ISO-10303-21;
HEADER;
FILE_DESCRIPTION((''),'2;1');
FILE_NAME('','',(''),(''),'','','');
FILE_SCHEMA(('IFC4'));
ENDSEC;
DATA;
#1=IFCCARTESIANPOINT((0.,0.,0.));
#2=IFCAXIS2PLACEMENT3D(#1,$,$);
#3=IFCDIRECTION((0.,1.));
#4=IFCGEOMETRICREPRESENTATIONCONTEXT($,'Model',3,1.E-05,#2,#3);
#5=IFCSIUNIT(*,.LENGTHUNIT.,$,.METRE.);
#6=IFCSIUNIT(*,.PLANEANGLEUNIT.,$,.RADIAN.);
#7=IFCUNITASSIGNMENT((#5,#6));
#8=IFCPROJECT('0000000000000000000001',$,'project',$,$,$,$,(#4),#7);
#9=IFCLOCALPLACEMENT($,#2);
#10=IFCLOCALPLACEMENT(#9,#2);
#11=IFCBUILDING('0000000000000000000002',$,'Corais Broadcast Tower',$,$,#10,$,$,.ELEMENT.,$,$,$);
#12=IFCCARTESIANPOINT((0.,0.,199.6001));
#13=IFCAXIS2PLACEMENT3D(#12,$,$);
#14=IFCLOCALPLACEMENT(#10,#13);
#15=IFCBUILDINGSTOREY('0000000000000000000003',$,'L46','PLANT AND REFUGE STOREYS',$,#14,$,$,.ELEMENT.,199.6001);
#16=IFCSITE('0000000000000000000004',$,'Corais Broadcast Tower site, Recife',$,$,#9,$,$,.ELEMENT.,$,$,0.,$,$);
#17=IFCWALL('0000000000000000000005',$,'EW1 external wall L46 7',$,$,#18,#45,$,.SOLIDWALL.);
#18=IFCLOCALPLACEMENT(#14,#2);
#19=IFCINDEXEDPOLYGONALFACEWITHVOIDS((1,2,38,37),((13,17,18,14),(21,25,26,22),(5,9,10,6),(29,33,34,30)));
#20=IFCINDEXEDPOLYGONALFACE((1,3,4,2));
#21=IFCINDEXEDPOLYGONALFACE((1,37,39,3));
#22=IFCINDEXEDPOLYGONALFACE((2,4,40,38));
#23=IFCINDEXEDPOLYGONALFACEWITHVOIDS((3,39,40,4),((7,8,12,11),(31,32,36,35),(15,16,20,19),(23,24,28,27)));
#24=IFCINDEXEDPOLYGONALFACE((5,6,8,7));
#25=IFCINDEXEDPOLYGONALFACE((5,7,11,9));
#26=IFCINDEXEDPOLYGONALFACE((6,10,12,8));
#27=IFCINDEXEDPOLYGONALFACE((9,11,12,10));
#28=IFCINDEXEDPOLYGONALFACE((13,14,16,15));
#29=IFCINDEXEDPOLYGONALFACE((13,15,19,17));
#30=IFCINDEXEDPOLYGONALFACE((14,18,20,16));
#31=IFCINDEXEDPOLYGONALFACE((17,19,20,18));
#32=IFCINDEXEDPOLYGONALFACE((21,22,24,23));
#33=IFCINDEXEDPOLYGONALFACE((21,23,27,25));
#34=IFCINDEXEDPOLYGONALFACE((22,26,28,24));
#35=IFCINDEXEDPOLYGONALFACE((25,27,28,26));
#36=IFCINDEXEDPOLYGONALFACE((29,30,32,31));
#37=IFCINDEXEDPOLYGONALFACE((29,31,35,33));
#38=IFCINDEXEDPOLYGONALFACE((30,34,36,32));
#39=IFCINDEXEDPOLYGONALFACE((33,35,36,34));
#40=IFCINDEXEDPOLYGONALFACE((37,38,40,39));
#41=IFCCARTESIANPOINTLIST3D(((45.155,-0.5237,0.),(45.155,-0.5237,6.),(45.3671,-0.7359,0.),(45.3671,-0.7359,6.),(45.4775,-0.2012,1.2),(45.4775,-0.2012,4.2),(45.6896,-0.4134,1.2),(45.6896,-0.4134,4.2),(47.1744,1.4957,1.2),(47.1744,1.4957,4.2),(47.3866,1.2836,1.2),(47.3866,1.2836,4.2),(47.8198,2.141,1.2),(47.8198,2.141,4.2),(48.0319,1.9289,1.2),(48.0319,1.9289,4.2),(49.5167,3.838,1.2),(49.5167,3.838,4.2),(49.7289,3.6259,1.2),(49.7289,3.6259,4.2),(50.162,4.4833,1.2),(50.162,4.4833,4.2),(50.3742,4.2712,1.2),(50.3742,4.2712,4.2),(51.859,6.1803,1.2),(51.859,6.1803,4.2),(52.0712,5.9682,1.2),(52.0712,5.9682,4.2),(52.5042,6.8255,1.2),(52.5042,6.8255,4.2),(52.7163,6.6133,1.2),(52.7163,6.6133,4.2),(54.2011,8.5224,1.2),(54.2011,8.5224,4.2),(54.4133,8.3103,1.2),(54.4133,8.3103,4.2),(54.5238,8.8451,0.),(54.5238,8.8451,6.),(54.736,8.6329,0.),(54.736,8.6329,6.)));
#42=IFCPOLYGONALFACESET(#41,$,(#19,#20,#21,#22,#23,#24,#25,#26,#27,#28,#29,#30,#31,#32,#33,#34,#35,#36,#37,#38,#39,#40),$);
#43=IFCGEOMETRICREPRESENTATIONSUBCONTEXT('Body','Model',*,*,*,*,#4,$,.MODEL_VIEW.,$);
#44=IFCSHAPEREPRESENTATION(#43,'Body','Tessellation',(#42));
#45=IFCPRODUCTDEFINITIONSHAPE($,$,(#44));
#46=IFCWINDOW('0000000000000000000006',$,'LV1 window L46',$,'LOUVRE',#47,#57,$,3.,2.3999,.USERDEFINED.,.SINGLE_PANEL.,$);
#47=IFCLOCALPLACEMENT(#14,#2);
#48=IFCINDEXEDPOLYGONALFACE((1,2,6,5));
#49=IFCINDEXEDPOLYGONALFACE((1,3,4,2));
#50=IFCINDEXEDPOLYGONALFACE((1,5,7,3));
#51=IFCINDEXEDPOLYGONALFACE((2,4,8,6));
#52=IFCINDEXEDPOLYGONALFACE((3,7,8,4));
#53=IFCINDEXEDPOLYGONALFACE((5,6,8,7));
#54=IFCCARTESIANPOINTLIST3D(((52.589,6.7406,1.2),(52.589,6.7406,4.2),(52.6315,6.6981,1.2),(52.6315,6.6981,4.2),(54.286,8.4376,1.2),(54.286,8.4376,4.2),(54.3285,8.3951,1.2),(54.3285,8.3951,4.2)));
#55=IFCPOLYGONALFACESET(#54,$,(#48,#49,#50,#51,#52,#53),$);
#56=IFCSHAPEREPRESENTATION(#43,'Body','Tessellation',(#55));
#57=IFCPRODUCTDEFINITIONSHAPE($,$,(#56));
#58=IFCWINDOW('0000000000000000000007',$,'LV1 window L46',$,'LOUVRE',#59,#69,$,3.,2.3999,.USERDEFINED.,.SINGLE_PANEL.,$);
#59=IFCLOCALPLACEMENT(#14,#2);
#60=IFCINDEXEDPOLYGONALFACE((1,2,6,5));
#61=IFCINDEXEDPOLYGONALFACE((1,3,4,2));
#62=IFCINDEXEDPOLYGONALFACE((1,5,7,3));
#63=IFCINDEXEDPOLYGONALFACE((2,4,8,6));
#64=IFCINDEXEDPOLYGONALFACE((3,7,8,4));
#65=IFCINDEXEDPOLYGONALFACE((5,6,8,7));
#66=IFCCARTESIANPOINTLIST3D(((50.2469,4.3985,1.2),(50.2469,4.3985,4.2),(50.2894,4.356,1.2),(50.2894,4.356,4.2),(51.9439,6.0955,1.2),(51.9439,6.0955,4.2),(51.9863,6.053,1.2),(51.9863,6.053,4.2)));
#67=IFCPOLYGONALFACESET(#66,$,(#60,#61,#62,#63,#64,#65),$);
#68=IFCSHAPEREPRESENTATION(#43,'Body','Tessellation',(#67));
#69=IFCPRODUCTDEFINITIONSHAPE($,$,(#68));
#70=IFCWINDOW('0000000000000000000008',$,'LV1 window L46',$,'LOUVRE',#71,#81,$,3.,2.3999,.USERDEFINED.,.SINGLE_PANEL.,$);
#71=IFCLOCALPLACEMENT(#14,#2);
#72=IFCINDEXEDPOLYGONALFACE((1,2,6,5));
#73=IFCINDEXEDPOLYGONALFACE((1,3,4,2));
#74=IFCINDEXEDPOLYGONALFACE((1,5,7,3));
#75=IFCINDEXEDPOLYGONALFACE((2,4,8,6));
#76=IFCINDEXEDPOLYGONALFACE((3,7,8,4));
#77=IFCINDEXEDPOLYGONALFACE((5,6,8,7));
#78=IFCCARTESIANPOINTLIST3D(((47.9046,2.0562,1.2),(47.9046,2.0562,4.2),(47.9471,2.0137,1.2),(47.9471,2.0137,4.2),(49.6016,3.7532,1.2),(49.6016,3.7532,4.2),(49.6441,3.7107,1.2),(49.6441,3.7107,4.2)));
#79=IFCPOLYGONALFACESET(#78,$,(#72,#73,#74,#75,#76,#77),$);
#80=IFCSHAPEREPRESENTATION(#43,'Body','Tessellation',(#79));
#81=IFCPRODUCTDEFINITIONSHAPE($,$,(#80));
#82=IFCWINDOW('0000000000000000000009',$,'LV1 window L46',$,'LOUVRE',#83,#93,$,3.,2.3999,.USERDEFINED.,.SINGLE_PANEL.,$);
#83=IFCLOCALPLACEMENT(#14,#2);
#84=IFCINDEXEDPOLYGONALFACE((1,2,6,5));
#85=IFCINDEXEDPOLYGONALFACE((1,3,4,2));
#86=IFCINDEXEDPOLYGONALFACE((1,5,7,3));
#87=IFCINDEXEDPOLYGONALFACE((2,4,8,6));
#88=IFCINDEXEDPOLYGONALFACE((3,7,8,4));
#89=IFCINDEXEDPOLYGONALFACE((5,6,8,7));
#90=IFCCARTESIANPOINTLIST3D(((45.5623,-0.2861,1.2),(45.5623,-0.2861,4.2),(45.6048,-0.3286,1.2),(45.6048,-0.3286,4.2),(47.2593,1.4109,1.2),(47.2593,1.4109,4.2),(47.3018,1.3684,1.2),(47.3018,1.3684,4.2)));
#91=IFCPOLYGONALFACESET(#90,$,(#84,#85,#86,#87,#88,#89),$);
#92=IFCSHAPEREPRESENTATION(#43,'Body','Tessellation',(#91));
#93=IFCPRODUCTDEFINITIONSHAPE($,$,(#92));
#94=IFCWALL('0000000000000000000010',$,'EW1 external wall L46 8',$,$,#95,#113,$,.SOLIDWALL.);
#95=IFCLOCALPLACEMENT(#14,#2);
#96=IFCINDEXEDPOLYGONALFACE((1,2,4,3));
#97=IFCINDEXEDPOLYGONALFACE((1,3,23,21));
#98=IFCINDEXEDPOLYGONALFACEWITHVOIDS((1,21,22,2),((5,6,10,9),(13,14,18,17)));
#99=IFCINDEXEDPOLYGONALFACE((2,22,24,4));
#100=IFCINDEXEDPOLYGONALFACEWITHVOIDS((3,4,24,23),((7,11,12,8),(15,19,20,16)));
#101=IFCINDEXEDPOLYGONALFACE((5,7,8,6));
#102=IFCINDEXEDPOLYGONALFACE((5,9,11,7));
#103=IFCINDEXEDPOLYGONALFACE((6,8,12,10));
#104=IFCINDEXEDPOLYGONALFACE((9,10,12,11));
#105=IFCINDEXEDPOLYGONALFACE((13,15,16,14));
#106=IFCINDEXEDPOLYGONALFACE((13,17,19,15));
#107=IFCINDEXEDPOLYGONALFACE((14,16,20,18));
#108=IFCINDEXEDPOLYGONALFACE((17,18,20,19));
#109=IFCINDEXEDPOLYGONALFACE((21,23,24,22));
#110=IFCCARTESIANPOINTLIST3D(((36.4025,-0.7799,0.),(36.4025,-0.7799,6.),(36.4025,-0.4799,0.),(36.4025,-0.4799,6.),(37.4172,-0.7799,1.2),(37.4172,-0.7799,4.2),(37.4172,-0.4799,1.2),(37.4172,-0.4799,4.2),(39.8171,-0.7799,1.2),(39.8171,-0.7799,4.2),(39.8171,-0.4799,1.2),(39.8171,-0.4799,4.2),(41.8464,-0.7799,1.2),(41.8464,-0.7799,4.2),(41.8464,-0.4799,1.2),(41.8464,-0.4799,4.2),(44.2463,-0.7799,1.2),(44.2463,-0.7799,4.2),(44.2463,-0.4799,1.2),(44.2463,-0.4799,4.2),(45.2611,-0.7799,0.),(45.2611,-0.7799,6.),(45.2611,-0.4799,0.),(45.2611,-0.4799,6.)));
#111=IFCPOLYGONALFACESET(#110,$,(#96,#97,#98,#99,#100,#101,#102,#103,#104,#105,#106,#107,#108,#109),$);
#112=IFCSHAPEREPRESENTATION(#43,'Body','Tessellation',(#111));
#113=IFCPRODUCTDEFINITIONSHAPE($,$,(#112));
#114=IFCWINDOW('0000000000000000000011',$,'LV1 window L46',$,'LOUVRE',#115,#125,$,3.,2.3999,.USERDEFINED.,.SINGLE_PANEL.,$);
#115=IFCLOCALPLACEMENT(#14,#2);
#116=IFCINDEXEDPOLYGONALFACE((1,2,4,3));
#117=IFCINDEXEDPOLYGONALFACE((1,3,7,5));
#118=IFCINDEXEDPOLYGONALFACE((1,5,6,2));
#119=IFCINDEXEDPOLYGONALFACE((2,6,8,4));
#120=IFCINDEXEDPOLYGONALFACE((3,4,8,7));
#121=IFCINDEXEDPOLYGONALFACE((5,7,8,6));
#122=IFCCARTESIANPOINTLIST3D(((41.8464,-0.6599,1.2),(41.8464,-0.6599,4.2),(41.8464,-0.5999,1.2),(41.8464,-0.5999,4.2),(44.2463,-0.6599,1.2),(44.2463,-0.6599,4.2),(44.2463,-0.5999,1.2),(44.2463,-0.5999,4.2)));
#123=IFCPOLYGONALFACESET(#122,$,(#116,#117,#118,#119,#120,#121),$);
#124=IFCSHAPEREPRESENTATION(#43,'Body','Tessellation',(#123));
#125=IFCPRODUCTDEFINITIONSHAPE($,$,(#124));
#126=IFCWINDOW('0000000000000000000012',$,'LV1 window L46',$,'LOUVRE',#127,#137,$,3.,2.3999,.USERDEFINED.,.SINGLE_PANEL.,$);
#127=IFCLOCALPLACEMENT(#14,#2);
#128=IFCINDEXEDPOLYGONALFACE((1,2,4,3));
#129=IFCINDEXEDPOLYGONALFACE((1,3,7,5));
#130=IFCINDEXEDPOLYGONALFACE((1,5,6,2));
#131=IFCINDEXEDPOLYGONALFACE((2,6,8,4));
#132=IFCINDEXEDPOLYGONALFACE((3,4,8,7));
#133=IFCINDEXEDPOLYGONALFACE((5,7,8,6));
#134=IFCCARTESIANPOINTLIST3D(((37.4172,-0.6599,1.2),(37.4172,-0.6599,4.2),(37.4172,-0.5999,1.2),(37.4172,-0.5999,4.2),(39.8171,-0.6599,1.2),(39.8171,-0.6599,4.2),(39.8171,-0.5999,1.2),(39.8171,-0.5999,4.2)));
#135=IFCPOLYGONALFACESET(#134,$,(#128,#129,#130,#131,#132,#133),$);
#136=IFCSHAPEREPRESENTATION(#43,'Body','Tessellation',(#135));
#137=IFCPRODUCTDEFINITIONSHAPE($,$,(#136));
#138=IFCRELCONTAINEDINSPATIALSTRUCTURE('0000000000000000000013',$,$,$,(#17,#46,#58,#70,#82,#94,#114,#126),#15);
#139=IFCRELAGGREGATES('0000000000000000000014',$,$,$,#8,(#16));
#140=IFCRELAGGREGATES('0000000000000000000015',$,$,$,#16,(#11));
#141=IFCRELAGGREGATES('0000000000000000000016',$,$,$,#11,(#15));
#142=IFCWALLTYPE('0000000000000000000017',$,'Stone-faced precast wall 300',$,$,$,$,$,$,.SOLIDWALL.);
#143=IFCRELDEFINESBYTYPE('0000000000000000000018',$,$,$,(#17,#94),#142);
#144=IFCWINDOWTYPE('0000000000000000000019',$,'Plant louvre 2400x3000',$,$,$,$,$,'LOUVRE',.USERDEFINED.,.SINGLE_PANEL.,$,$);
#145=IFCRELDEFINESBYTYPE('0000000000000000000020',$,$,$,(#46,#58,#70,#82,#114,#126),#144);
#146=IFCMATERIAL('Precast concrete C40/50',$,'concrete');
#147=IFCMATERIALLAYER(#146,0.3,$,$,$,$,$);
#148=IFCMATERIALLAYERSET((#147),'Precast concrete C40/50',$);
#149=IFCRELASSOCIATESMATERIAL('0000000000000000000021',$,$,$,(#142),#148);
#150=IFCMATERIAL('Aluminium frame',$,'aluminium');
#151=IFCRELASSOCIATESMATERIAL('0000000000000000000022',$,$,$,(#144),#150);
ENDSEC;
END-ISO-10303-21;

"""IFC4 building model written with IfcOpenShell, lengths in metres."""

from ifc_helpers import new_model, si_unit, direction, frame, frame_2d, origin, place, context, subcontext, project, spatial, rectangle, extrude, material, layer, layer_set, type_object, element, fill, save


model = new_model("IFC4")

# Units and contexts
model_context = context("Model", 3, precision=1e-05, world=origin(), true_north=direction((0.0, 1.0)))
body_context = subcontext(model_context, "Body", "Model", "MODEL_VIEW")
ifc_project = project(units=[si_unit("LENGTHUNIT", "METRE"), si_unit("PLANEANGLEUNIT", "RADIAN")], contexts=[model_context])

# Site, building, storey
site_placement = place(None, origin())
site = spatial("IfcSite", under=ifc_project, at=site_placement, Name="Corais Broadcast Tower site, Recife", CompositionType="ELEMENT", RefElevation=0.0)
building_placement = place(site_placement, origin())
building = spatial("IfcBuilding", under=site, at=building_placement, Name="Corais Broadcast Tower", CompositionType="ELEMENT")
storey_placement = place(building_placement, frame((0.0, 0.0, 199.6001)))
storey = spatial("IfcBuildingStorey", under=building, at=storey_placement, Name="L46", Description="PLANT AND REFUGE STOREYS", CompositionType="ELEMENT", Elevation=199.6001)

# Walls, openings, windows
ifc_material_1 = material(Name="Precast concrete C40/50", Category="concrete")
ifc_layer_1 = layer(ifc_material_1, 0.3)
ifc_layer_set_1 = layer_set([ifc_layer_1], Name="Precast concrete C40/50")
wall_type_1 = type_object("IfcWallType", Name="Stone-faced precast wall 300", PredefinedType="SOLIDWALL", material=ifc_layer_set_1)
wall_1_placement = place(storey_placement, frame((54.6299, 8.739, 0.0), z_axis=(0.0, 0.0, 1.0), x_axis=(-0.707107, -0.707107, 0.0)))
wall_1 = element("IfcWall", 1, at=wall_1_placement, inside=storey, type_object=wall_type_1, Name="EW1 external wall L46 7", PredefinedType="SOLIDWALL", context=body_context, shape_type="SweptSolid", body=[
    extrude(rectangle(XDim=13.2495, YDim=0.3, at=frame_2d((6.6248, 0.0))), origin(), (0.0, 0.0, 1.0), 6.0),
])
opening_1_placement = place(wall_1_placement, frame((0.4563, 0.0, 1.2)))
opening_1 = element("IfcOpeningElement", 2, at=opening_1_placement, cuts=wall_1, PredefinedType="OPENING", context=body_context, shape_type="SweptSolid", body=[
    extrude(rectangle(XDim=2.3999, YDim=3.0, at=frame_2d((1.2, 1.5))), frame((0.0, 0.1599, 0.0), z_axis=(0.0, -1.0, 0.0), x_axis=(1.0, 0.0, 0.0)), (0.0, 0.0, 1.0), 0.3201),
])
opening_2_placement = place(wall_1_placement, frame((3.7686, 0.0, 1.2)))
opening_2 = element("IfcOpeningElement", 3, at=opening_2_placement, cuts=wall_1, PredefinedType="OPENING", context=body_context, shape_type="SweptSolid", body=[
    extrude(rectangle(XDim=2.3999, YDim=3.0, at=frame_2d((1.2, 1.5))), frame((0.0, 0.1599, 0.0), z_axis=(0.0, -1.0, 0.0), x_axis=(1.0, 0.0, 0.0)), (0.0, 0.0, 1.0), 0.3201),
])
opening_3_placement = place(wall_1_placement, frame((7.0811, 0.0, 1.2)))
opening_3 = element("IfcOpeningElement", 4, at=opening_3_placement, cuts=wall_1, PredefinedType="OPENING", context=body_context, shape_type="SweptSolid", body=[
    extrude(rectangle(XDim=2.3999, YDim=3.0, at=frame_2d((1.2, 1.5))), frame((0.0, 0.1599, 0.0), z_axis=(0.0, -1.0, 0.0), x_axis=(1.0, 0.0, 0.0)), (0.0, 0.0, 1.0), 0.3201),
])
opening_4_placement = place(wall_1_placement, frame((10.3936, 0.0, 1.2)))
opening_4 = element("IfcOpeningElement", 5, at=opening_4_placement, cuts=wall_1, PredefinedType="OPENING", context=body_context, shape_type="SweptSolid", body=[
    extrude(rectangle(XDim=2.3999, YDim=3.0, at=frame_2d((1.2, 1.5))), frame((0.0, 0.1599, 0.0), z_axis=(0.0, -1.0, 0.0), x_axis=(1.0, 0.0, 0.0)), (0.0, 0.0, 1.0), 0.3201),
])
ifc_material_2 = material(Name="Aluminium frame", Category="aluminium")
window_type = type_object("IfcWindowType", Name="Plant louvre 2400x3000", ElementType="LOUVRE", PartitioningType="SINGLE_PANEL", PredefinedType="USERDEFINED", material=ifc_material_2)
window_1_placement = place(opening_1_placement, origin())
window_1 = element("IfcWindow", 6, at=window_1_placement, inside=storey, type_object=window_type, Name="LV1 window L46", ObjectType="LOUVRE", OverallHeight=3.0, OverallWidth=2.3999, PartitioningType="SINGLE_PANEL", PredefinedType="USERDEFINED", context=body_context, shape_type="SweptSolid", body=[
    extrude(rectangle(XDim=2.3999, YDim=3.0, at=frame_2d((1.2, 1.5))), frame((0.0, 0.03, 0.0), z_axis=(0.0, -1.0, 0.0), x_axis=(1.0, 0.0, 0.0)), (0.0, 0.0, 1.0), 0.0601),
])
fill(opening_1, window_1)
window_2_placement = place(opening_2_placement, origin())
window_2 = element("IfcWindow", 7, at=window_2_placement, inside=storey, type_object=window_type, Name="LV1 window L46", ObjectType="LOUVRE", OverallHeight=3.0, OverallWidth=2.3999, PartitioningType="SINGLE_PANEL", PredefinedType="USERDEFINED", context=body_context, shape_type="SweptSolid", body=[
    extrude(rectangle(XDim=2.3999, YDim=3.0, at=frame_2d((1.2, 1.5))), frame((0.0, 0.03, 0.0), z_axis=(0.0, -1.0, 0.0), x_axis=(1.0, 0.0, 0.0)), (0.0, 0.0, 1.0), 0.0601),
])
fill(opening_2, window_2)
window_3_placement = place(opening_3_placement, origin())
window_3 = element("IfcWindow", 8, at=window_3_placement, inside=storey, type_object=window_type, Name="LV1 window L46", ObjectType="LOUVRE", OverallHeight=3.0, OverallWidth=2.3999, PartitioningType="SINGLE_PANEL", PredefinedType="USERDEFINED", context=body_context, shape_type="SweptSolid", body=[
    extrude(rectangle(XDim=2.3999, YDim=3.0, at=frame_2d((1.2, 1.5))), frame((0.0, 0.03, 0.0), z_axis=(0.0, -1.0, 0.0), x_axis=(1.0, 0.0, 0.0)), (0.0, 0.0, 1.0), 0.0601),
])
fill(opening_3, window_3)
window_4_placement = place(opening_4_placement, origin())
window_4 = element("IfcWindow", 9, at=window_4_placement, inside=storey, type_object=window_type, Name="LV1 window L46", ObjectType="LOUVRE", OverallHeight=3.0, OverallWidth=2.3999, PartitioningType="SINGLE_PANEL", PredefinedType="USERDEFINED", context=body_context, shape_type="SweptSolid", body=[
    extrude(rectangle(XDim=2.3999, YDim=3.0, at=frame_2d((1.2, 1.5))), frame((0.0, 0.03, 0.0), z_axis=(0.0, -1.0, 0.0), x_axis=(1.0, 0.0, 0.0)), (0.0, 0.0, 1.0), 0.0601),
])
fill(opening_4, window_4)
wall_2_placement = place(storey_placement, frame((45.261, -0.6299, 0.0), z_axis=(0.0, 0.0, 1.0), x_axis=(-1.0, 0.0, 0.0)))
wall_2 = element("IfcWall", 10, at=wall_2_placement, inside=storey, type_object=wall_type_1, Name="EW1 external wall L46 8", PredefinedType="SOLIDWALL", context=body_context, shape_type="SweptSolid", body=[
    extrude(rectangle(XDim=8.8586, YDim=0.3, at=frame_2d((4.4292, 0.0))), origin(), (0.0, 0.0, 1.0), 6.0),
])
opening_5_placement = place(wall_2_placement, frame((1.0146, 0.0, 1.2)))
opening_5 = element("IfcOpeningElement", 11, at=opening_5_placement, cuts=wall_2, PredefinedType="OPENING", context=body_context, shape_type="SweptSolid", body=[
    extrude(rectangle(XDim=2.3999, YDim=3.0, at=frame_2d((1.2, 1.5))), frame((0.0, 0.1599, 0.0), z_axis=(0.0, -1.0, 0.0), x_axis=(1.0, 0.0, 0.0)), (0.0, 0.0, 1.0), 0.3201),
])
opening_6_placement = place(wall_2_placement, frame((5.4438, 0.0, 1.2)))
opening_6 = element("IfcOpeningElement", 12, at=opening_6_placement, cuts=wall_2, PredefinedType="OPENING", context=body_context, shape_type="SweptSolid", body=[
    extrude(rectangle(XDim=2.3999, YDim=3.0, at=frame_2d((1.2, 1.5))), frame((0.0, 0.1599, 0.0), z_axis=(0.0, -1.0, 0.0), x_axis=(1.0, 0.0, 0.0)), (0.0, 0.0, 1.0), 0.3201),
])
window_5_placement = place(opening_5_placement, origin())
window_5 = element("IfcWindow", 13, at=window_5_placement, inside=storey, type_object=window_type, Name="LV1 window L46", ObjectType="LOUVRE", OverallHeight=3.0, OverallWidth=2.3999, PartitioningType="SINGLE_PANEL", PredefinedType="USERDEFINED", context=body_context, shape_type="SweptSolid", body=[
    extrude(rectangle(XDim=2.3999, YDim=3.0, at=frame_2d((1.2, 1.5))), frame((0.0, 0.03, 0.0), z_axis=(0.0, -1.0, 0.0), x_axis=(1.0, 0.0, 0.0)), (0.0, 0.0, 1.0), 0.0601),
])
fill(opening_5, window_5)
window_6_placement = place(opening_6_placement, origin())
window_6 = element("IfcWindow", 14, at=window_6_placement, inside=storey, type_object=window_type, Name="LV1 window L46", ObjectType="LOUVRE", OverallHeight=3.0, OverallWidth=2.3999, PartitioningType="SINGLE_PANEL", PredefinedType="USERDEFINED", context=body_context, shape_type="SweptSolid", body=[
    extrude(rectangle(XDim=2.3999, YDim=3.0, at=frame_2d((1.2, 1.5))), frame((0.0, 0.03, 0.0), z_axis=(0.0, -1.0, 0.0), x_axis=(1.0, 0.0, 0.0)), (0.0, 0.0, 1.0), 0.0601),
])
fill(opening_6, window_6)

save(model, "model.ifc")
